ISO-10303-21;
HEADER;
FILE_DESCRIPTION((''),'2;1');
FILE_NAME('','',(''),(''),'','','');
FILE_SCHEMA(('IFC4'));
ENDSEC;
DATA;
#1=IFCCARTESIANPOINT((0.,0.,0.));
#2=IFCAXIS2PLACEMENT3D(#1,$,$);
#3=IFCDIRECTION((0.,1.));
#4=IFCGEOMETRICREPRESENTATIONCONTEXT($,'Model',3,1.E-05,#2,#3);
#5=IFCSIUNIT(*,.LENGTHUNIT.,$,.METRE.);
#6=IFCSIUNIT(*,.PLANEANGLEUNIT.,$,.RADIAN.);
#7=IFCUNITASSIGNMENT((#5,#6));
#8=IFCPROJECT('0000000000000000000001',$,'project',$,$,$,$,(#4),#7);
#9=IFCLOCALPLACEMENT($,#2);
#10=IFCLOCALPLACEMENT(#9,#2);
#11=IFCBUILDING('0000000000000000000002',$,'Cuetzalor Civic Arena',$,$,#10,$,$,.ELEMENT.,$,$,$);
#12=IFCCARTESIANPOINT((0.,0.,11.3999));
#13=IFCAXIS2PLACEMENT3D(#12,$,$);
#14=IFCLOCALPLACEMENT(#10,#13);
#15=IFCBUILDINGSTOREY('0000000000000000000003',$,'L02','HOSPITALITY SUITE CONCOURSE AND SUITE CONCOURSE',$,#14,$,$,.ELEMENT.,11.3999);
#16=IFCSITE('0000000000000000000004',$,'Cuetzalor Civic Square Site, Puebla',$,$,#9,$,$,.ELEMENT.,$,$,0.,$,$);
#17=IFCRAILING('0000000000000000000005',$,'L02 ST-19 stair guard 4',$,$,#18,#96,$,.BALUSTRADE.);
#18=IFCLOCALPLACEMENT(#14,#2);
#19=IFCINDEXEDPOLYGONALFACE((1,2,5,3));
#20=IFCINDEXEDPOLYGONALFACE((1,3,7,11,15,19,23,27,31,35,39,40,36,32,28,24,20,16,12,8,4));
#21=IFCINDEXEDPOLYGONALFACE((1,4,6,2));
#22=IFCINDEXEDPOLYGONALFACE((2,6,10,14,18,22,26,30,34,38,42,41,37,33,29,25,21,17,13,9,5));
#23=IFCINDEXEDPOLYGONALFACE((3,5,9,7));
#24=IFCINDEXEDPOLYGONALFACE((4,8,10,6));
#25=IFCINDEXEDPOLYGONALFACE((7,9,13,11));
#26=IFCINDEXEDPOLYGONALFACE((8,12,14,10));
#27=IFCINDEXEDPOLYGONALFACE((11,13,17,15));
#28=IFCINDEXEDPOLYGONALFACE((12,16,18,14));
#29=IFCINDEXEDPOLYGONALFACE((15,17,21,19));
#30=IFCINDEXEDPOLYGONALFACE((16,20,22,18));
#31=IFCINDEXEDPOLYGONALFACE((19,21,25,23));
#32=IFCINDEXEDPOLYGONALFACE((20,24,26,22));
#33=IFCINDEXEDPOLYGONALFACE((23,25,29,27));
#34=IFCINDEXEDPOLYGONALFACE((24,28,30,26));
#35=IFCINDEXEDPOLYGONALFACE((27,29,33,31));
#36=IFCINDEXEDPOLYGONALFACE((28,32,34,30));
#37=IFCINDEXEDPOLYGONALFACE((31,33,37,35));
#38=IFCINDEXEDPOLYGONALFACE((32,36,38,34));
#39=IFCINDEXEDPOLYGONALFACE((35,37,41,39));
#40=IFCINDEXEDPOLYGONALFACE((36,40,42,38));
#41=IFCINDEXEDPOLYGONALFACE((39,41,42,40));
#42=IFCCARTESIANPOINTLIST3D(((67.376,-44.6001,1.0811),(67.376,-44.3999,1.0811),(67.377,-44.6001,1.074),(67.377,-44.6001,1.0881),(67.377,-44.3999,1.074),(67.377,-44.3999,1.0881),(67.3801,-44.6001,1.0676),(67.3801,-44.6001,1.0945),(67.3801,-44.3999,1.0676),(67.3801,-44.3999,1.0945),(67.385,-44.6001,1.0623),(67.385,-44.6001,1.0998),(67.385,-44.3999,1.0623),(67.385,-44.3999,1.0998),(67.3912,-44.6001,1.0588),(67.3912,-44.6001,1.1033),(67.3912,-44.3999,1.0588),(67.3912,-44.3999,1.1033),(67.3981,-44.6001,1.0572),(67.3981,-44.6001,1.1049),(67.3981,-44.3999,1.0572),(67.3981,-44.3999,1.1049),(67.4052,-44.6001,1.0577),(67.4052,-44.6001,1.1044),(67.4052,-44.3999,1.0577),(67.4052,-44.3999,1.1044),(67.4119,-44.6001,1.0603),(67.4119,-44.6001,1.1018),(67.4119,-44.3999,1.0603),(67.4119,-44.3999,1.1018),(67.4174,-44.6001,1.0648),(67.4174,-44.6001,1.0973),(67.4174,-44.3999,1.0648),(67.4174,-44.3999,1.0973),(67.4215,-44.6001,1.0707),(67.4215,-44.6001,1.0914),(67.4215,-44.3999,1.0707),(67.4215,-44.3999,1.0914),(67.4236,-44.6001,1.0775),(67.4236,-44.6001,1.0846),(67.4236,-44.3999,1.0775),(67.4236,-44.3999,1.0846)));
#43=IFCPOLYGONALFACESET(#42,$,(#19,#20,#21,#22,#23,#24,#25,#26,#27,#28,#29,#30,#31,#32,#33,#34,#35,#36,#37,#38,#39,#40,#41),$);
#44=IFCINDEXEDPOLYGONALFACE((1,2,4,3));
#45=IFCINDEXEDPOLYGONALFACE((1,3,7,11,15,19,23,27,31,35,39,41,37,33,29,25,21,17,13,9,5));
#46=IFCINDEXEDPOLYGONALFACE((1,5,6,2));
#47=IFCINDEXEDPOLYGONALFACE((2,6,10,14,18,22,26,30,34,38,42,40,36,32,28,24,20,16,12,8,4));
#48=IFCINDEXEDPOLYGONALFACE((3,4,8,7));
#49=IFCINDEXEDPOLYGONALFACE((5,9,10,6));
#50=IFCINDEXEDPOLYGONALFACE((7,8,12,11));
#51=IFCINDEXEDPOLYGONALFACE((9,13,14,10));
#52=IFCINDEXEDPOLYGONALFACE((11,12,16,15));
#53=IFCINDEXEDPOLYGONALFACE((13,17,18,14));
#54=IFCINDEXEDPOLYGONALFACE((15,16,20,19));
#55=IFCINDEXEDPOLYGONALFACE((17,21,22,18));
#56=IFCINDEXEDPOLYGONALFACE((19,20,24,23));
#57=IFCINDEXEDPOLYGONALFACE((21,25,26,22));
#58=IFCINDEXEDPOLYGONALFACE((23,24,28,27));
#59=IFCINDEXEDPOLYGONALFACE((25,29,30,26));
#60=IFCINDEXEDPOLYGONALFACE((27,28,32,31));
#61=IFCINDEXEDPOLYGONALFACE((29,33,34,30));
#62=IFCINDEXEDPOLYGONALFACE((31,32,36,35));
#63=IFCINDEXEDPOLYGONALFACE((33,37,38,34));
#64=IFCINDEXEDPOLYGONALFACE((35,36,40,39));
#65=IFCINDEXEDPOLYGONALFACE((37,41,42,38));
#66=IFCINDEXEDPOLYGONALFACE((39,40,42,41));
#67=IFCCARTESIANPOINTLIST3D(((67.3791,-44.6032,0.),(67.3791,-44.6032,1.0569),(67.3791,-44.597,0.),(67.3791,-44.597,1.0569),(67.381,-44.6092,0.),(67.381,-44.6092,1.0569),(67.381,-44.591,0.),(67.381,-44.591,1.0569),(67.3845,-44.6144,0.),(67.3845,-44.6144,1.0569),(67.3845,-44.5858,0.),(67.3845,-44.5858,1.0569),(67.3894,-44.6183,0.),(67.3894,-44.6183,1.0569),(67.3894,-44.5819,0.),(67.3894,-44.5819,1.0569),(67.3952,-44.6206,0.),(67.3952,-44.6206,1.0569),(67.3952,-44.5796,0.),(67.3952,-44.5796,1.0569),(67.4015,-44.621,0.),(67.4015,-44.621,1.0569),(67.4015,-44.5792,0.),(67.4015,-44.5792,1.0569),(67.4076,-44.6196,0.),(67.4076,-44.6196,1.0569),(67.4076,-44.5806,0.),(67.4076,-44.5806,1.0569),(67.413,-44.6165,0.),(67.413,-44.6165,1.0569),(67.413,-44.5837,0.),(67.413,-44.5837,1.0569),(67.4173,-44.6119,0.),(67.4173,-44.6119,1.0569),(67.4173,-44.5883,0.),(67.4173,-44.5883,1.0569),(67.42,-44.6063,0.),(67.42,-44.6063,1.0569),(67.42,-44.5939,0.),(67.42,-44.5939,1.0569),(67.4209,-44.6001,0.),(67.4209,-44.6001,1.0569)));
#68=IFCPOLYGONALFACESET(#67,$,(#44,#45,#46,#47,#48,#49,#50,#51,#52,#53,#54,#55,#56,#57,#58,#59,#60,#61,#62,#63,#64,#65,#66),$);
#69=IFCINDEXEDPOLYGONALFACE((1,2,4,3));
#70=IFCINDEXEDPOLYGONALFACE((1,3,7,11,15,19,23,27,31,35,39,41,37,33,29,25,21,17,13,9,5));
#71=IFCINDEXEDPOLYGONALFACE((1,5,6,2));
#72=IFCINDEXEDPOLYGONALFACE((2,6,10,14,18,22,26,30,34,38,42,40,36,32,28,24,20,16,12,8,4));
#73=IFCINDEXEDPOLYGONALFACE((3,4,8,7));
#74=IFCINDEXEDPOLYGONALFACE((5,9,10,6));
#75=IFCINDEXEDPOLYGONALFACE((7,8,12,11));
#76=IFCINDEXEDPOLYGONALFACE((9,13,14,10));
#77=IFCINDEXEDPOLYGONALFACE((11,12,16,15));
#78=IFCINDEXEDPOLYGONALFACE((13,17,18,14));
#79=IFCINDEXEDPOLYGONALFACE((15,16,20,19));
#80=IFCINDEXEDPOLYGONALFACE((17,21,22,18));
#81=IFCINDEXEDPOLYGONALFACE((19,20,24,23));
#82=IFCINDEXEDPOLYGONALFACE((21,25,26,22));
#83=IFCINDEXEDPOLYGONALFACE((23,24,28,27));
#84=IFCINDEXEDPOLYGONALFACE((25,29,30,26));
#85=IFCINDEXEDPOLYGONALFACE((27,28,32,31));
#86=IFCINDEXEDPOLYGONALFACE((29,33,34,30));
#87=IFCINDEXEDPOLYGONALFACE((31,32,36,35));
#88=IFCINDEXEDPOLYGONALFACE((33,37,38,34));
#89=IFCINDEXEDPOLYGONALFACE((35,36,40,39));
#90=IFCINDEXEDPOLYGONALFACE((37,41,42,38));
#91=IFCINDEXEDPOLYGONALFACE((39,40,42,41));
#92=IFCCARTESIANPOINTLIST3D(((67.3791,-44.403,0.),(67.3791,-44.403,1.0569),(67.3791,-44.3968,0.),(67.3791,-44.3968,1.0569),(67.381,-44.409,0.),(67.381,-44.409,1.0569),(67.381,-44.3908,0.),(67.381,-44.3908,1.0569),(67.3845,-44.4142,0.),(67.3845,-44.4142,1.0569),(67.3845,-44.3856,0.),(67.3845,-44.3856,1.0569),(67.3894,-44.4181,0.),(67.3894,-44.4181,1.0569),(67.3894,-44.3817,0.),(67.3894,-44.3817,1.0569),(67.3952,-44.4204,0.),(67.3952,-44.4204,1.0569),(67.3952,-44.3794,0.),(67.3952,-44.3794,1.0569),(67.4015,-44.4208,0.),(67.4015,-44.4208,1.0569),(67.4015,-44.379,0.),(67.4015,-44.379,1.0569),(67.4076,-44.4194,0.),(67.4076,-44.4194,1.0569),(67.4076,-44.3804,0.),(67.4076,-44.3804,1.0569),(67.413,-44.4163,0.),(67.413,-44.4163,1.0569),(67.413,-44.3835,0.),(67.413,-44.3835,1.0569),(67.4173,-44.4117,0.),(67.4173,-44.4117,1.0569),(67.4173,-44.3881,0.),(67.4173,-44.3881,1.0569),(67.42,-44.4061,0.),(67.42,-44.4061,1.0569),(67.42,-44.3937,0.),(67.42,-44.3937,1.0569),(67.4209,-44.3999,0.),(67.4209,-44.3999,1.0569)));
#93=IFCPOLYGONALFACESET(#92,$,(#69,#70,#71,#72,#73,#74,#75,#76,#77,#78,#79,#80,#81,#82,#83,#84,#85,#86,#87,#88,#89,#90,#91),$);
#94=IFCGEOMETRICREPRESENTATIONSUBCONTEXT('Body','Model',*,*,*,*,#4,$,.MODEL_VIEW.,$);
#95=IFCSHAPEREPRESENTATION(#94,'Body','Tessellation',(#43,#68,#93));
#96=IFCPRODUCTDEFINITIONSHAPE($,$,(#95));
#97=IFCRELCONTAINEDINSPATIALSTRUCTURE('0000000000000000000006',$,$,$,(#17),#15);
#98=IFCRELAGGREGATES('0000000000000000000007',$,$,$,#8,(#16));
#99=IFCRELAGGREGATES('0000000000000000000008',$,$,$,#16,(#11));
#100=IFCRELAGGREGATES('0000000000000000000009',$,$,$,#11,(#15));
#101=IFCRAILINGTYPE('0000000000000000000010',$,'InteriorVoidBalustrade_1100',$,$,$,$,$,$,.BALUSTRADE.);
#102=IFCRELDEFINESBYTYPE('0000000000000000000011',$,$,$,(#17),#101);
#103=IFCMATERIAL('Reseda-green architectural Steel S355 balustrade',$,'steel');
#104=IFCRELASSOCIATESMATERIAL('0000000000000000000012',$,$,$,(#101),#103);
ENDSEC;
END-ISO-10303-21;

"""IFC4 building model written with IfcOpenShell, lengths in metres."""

from ifc_helpers import new_model, si_unit, direction, frame, origin, origin_2d, place, context, subcontext, project, spatial, circle, extrude, material, type_object, element, save


model = new_model("IFC4")

# Units and contexts
model_context = context("Model", 3, precision=1e-05, world=origin(), true_north=direction((0.0, 1.0)))
body_context = subcontext(model_context, "Body", "Model", "MODEL_VIEW")
ifc_project = project(units=[si_unit("LENGTHUNIT", "METRE"), si_unit("PLANEANGLEUNIT", "RADIAN")], contexts=[model_context])

# Site, building, storey
site_placement = place(None, origin())
site = spatial("IfcSite", under=ifc_project, at=site_placement, Name="Cuetzalor Civic Square Site, Puebla", CompositionType="ELEMENT", RefElevation=0.0)
building_placement = place(site_placement, origin())
building = spatial("IfcBuilding", under=site, at=building_placement, Name="Cuetzalor Civic Arena", CompositionType="ELEMENT")
storey_placement = place(building_placement, frame((0.0, 0.0, 11.3999)))
storey = spatial("IfcBuildingStorey", under=building, at=storey_placement, Name="L02", Description="HOSPITALITY SUITE CONCOURSE AND SUITE CONCOURSE", CompositionType="ELEMENT", Elevation=11.3999)

# Railing
ifc_material_1 = material(Name="Reseda-green architectural Steel S355 balustrade", Category="steel")
railing_type_1 = type_object("IfcRailingType", Name="InteriorVoidBalustrade_1100", PredefinedType="BALUSTRADE", material=ifc_material_1)
railing_1_placement = place(storey_placement, frame((67.3999, -44.6001, 0.0)))
element("IfcRailing", 1, at=railing_1_placement, inside=storey, type_object=railing_type_1, Name="L02 ST-19 stair guard 4", PredefinedType="BALUSTRADE", context=body_context, shape_type="SweptSolid", body=[
    extrude(circle(Radius=0.0239, at=origin_2d()), frame((0.0, 0.0, 1.0811), z_axis=(0.0, 1.0, 0.0), x_axis=(-1.0, 0.0, 0.0)), (0.0, 0.0, 1.0), 0.2002),
    extrude(circle(Radius=0.021, at=origin_2d()), origin(), (0.0, 0.0, 1.0), 1.0569),
    extrude(circle(Radius=0.021, at=origin_2d()), frame((0.0, 0.2002, 0.0)), (0.0, 0.0, 1.0), 1.0569),
])

save(model, "model.ifc")
